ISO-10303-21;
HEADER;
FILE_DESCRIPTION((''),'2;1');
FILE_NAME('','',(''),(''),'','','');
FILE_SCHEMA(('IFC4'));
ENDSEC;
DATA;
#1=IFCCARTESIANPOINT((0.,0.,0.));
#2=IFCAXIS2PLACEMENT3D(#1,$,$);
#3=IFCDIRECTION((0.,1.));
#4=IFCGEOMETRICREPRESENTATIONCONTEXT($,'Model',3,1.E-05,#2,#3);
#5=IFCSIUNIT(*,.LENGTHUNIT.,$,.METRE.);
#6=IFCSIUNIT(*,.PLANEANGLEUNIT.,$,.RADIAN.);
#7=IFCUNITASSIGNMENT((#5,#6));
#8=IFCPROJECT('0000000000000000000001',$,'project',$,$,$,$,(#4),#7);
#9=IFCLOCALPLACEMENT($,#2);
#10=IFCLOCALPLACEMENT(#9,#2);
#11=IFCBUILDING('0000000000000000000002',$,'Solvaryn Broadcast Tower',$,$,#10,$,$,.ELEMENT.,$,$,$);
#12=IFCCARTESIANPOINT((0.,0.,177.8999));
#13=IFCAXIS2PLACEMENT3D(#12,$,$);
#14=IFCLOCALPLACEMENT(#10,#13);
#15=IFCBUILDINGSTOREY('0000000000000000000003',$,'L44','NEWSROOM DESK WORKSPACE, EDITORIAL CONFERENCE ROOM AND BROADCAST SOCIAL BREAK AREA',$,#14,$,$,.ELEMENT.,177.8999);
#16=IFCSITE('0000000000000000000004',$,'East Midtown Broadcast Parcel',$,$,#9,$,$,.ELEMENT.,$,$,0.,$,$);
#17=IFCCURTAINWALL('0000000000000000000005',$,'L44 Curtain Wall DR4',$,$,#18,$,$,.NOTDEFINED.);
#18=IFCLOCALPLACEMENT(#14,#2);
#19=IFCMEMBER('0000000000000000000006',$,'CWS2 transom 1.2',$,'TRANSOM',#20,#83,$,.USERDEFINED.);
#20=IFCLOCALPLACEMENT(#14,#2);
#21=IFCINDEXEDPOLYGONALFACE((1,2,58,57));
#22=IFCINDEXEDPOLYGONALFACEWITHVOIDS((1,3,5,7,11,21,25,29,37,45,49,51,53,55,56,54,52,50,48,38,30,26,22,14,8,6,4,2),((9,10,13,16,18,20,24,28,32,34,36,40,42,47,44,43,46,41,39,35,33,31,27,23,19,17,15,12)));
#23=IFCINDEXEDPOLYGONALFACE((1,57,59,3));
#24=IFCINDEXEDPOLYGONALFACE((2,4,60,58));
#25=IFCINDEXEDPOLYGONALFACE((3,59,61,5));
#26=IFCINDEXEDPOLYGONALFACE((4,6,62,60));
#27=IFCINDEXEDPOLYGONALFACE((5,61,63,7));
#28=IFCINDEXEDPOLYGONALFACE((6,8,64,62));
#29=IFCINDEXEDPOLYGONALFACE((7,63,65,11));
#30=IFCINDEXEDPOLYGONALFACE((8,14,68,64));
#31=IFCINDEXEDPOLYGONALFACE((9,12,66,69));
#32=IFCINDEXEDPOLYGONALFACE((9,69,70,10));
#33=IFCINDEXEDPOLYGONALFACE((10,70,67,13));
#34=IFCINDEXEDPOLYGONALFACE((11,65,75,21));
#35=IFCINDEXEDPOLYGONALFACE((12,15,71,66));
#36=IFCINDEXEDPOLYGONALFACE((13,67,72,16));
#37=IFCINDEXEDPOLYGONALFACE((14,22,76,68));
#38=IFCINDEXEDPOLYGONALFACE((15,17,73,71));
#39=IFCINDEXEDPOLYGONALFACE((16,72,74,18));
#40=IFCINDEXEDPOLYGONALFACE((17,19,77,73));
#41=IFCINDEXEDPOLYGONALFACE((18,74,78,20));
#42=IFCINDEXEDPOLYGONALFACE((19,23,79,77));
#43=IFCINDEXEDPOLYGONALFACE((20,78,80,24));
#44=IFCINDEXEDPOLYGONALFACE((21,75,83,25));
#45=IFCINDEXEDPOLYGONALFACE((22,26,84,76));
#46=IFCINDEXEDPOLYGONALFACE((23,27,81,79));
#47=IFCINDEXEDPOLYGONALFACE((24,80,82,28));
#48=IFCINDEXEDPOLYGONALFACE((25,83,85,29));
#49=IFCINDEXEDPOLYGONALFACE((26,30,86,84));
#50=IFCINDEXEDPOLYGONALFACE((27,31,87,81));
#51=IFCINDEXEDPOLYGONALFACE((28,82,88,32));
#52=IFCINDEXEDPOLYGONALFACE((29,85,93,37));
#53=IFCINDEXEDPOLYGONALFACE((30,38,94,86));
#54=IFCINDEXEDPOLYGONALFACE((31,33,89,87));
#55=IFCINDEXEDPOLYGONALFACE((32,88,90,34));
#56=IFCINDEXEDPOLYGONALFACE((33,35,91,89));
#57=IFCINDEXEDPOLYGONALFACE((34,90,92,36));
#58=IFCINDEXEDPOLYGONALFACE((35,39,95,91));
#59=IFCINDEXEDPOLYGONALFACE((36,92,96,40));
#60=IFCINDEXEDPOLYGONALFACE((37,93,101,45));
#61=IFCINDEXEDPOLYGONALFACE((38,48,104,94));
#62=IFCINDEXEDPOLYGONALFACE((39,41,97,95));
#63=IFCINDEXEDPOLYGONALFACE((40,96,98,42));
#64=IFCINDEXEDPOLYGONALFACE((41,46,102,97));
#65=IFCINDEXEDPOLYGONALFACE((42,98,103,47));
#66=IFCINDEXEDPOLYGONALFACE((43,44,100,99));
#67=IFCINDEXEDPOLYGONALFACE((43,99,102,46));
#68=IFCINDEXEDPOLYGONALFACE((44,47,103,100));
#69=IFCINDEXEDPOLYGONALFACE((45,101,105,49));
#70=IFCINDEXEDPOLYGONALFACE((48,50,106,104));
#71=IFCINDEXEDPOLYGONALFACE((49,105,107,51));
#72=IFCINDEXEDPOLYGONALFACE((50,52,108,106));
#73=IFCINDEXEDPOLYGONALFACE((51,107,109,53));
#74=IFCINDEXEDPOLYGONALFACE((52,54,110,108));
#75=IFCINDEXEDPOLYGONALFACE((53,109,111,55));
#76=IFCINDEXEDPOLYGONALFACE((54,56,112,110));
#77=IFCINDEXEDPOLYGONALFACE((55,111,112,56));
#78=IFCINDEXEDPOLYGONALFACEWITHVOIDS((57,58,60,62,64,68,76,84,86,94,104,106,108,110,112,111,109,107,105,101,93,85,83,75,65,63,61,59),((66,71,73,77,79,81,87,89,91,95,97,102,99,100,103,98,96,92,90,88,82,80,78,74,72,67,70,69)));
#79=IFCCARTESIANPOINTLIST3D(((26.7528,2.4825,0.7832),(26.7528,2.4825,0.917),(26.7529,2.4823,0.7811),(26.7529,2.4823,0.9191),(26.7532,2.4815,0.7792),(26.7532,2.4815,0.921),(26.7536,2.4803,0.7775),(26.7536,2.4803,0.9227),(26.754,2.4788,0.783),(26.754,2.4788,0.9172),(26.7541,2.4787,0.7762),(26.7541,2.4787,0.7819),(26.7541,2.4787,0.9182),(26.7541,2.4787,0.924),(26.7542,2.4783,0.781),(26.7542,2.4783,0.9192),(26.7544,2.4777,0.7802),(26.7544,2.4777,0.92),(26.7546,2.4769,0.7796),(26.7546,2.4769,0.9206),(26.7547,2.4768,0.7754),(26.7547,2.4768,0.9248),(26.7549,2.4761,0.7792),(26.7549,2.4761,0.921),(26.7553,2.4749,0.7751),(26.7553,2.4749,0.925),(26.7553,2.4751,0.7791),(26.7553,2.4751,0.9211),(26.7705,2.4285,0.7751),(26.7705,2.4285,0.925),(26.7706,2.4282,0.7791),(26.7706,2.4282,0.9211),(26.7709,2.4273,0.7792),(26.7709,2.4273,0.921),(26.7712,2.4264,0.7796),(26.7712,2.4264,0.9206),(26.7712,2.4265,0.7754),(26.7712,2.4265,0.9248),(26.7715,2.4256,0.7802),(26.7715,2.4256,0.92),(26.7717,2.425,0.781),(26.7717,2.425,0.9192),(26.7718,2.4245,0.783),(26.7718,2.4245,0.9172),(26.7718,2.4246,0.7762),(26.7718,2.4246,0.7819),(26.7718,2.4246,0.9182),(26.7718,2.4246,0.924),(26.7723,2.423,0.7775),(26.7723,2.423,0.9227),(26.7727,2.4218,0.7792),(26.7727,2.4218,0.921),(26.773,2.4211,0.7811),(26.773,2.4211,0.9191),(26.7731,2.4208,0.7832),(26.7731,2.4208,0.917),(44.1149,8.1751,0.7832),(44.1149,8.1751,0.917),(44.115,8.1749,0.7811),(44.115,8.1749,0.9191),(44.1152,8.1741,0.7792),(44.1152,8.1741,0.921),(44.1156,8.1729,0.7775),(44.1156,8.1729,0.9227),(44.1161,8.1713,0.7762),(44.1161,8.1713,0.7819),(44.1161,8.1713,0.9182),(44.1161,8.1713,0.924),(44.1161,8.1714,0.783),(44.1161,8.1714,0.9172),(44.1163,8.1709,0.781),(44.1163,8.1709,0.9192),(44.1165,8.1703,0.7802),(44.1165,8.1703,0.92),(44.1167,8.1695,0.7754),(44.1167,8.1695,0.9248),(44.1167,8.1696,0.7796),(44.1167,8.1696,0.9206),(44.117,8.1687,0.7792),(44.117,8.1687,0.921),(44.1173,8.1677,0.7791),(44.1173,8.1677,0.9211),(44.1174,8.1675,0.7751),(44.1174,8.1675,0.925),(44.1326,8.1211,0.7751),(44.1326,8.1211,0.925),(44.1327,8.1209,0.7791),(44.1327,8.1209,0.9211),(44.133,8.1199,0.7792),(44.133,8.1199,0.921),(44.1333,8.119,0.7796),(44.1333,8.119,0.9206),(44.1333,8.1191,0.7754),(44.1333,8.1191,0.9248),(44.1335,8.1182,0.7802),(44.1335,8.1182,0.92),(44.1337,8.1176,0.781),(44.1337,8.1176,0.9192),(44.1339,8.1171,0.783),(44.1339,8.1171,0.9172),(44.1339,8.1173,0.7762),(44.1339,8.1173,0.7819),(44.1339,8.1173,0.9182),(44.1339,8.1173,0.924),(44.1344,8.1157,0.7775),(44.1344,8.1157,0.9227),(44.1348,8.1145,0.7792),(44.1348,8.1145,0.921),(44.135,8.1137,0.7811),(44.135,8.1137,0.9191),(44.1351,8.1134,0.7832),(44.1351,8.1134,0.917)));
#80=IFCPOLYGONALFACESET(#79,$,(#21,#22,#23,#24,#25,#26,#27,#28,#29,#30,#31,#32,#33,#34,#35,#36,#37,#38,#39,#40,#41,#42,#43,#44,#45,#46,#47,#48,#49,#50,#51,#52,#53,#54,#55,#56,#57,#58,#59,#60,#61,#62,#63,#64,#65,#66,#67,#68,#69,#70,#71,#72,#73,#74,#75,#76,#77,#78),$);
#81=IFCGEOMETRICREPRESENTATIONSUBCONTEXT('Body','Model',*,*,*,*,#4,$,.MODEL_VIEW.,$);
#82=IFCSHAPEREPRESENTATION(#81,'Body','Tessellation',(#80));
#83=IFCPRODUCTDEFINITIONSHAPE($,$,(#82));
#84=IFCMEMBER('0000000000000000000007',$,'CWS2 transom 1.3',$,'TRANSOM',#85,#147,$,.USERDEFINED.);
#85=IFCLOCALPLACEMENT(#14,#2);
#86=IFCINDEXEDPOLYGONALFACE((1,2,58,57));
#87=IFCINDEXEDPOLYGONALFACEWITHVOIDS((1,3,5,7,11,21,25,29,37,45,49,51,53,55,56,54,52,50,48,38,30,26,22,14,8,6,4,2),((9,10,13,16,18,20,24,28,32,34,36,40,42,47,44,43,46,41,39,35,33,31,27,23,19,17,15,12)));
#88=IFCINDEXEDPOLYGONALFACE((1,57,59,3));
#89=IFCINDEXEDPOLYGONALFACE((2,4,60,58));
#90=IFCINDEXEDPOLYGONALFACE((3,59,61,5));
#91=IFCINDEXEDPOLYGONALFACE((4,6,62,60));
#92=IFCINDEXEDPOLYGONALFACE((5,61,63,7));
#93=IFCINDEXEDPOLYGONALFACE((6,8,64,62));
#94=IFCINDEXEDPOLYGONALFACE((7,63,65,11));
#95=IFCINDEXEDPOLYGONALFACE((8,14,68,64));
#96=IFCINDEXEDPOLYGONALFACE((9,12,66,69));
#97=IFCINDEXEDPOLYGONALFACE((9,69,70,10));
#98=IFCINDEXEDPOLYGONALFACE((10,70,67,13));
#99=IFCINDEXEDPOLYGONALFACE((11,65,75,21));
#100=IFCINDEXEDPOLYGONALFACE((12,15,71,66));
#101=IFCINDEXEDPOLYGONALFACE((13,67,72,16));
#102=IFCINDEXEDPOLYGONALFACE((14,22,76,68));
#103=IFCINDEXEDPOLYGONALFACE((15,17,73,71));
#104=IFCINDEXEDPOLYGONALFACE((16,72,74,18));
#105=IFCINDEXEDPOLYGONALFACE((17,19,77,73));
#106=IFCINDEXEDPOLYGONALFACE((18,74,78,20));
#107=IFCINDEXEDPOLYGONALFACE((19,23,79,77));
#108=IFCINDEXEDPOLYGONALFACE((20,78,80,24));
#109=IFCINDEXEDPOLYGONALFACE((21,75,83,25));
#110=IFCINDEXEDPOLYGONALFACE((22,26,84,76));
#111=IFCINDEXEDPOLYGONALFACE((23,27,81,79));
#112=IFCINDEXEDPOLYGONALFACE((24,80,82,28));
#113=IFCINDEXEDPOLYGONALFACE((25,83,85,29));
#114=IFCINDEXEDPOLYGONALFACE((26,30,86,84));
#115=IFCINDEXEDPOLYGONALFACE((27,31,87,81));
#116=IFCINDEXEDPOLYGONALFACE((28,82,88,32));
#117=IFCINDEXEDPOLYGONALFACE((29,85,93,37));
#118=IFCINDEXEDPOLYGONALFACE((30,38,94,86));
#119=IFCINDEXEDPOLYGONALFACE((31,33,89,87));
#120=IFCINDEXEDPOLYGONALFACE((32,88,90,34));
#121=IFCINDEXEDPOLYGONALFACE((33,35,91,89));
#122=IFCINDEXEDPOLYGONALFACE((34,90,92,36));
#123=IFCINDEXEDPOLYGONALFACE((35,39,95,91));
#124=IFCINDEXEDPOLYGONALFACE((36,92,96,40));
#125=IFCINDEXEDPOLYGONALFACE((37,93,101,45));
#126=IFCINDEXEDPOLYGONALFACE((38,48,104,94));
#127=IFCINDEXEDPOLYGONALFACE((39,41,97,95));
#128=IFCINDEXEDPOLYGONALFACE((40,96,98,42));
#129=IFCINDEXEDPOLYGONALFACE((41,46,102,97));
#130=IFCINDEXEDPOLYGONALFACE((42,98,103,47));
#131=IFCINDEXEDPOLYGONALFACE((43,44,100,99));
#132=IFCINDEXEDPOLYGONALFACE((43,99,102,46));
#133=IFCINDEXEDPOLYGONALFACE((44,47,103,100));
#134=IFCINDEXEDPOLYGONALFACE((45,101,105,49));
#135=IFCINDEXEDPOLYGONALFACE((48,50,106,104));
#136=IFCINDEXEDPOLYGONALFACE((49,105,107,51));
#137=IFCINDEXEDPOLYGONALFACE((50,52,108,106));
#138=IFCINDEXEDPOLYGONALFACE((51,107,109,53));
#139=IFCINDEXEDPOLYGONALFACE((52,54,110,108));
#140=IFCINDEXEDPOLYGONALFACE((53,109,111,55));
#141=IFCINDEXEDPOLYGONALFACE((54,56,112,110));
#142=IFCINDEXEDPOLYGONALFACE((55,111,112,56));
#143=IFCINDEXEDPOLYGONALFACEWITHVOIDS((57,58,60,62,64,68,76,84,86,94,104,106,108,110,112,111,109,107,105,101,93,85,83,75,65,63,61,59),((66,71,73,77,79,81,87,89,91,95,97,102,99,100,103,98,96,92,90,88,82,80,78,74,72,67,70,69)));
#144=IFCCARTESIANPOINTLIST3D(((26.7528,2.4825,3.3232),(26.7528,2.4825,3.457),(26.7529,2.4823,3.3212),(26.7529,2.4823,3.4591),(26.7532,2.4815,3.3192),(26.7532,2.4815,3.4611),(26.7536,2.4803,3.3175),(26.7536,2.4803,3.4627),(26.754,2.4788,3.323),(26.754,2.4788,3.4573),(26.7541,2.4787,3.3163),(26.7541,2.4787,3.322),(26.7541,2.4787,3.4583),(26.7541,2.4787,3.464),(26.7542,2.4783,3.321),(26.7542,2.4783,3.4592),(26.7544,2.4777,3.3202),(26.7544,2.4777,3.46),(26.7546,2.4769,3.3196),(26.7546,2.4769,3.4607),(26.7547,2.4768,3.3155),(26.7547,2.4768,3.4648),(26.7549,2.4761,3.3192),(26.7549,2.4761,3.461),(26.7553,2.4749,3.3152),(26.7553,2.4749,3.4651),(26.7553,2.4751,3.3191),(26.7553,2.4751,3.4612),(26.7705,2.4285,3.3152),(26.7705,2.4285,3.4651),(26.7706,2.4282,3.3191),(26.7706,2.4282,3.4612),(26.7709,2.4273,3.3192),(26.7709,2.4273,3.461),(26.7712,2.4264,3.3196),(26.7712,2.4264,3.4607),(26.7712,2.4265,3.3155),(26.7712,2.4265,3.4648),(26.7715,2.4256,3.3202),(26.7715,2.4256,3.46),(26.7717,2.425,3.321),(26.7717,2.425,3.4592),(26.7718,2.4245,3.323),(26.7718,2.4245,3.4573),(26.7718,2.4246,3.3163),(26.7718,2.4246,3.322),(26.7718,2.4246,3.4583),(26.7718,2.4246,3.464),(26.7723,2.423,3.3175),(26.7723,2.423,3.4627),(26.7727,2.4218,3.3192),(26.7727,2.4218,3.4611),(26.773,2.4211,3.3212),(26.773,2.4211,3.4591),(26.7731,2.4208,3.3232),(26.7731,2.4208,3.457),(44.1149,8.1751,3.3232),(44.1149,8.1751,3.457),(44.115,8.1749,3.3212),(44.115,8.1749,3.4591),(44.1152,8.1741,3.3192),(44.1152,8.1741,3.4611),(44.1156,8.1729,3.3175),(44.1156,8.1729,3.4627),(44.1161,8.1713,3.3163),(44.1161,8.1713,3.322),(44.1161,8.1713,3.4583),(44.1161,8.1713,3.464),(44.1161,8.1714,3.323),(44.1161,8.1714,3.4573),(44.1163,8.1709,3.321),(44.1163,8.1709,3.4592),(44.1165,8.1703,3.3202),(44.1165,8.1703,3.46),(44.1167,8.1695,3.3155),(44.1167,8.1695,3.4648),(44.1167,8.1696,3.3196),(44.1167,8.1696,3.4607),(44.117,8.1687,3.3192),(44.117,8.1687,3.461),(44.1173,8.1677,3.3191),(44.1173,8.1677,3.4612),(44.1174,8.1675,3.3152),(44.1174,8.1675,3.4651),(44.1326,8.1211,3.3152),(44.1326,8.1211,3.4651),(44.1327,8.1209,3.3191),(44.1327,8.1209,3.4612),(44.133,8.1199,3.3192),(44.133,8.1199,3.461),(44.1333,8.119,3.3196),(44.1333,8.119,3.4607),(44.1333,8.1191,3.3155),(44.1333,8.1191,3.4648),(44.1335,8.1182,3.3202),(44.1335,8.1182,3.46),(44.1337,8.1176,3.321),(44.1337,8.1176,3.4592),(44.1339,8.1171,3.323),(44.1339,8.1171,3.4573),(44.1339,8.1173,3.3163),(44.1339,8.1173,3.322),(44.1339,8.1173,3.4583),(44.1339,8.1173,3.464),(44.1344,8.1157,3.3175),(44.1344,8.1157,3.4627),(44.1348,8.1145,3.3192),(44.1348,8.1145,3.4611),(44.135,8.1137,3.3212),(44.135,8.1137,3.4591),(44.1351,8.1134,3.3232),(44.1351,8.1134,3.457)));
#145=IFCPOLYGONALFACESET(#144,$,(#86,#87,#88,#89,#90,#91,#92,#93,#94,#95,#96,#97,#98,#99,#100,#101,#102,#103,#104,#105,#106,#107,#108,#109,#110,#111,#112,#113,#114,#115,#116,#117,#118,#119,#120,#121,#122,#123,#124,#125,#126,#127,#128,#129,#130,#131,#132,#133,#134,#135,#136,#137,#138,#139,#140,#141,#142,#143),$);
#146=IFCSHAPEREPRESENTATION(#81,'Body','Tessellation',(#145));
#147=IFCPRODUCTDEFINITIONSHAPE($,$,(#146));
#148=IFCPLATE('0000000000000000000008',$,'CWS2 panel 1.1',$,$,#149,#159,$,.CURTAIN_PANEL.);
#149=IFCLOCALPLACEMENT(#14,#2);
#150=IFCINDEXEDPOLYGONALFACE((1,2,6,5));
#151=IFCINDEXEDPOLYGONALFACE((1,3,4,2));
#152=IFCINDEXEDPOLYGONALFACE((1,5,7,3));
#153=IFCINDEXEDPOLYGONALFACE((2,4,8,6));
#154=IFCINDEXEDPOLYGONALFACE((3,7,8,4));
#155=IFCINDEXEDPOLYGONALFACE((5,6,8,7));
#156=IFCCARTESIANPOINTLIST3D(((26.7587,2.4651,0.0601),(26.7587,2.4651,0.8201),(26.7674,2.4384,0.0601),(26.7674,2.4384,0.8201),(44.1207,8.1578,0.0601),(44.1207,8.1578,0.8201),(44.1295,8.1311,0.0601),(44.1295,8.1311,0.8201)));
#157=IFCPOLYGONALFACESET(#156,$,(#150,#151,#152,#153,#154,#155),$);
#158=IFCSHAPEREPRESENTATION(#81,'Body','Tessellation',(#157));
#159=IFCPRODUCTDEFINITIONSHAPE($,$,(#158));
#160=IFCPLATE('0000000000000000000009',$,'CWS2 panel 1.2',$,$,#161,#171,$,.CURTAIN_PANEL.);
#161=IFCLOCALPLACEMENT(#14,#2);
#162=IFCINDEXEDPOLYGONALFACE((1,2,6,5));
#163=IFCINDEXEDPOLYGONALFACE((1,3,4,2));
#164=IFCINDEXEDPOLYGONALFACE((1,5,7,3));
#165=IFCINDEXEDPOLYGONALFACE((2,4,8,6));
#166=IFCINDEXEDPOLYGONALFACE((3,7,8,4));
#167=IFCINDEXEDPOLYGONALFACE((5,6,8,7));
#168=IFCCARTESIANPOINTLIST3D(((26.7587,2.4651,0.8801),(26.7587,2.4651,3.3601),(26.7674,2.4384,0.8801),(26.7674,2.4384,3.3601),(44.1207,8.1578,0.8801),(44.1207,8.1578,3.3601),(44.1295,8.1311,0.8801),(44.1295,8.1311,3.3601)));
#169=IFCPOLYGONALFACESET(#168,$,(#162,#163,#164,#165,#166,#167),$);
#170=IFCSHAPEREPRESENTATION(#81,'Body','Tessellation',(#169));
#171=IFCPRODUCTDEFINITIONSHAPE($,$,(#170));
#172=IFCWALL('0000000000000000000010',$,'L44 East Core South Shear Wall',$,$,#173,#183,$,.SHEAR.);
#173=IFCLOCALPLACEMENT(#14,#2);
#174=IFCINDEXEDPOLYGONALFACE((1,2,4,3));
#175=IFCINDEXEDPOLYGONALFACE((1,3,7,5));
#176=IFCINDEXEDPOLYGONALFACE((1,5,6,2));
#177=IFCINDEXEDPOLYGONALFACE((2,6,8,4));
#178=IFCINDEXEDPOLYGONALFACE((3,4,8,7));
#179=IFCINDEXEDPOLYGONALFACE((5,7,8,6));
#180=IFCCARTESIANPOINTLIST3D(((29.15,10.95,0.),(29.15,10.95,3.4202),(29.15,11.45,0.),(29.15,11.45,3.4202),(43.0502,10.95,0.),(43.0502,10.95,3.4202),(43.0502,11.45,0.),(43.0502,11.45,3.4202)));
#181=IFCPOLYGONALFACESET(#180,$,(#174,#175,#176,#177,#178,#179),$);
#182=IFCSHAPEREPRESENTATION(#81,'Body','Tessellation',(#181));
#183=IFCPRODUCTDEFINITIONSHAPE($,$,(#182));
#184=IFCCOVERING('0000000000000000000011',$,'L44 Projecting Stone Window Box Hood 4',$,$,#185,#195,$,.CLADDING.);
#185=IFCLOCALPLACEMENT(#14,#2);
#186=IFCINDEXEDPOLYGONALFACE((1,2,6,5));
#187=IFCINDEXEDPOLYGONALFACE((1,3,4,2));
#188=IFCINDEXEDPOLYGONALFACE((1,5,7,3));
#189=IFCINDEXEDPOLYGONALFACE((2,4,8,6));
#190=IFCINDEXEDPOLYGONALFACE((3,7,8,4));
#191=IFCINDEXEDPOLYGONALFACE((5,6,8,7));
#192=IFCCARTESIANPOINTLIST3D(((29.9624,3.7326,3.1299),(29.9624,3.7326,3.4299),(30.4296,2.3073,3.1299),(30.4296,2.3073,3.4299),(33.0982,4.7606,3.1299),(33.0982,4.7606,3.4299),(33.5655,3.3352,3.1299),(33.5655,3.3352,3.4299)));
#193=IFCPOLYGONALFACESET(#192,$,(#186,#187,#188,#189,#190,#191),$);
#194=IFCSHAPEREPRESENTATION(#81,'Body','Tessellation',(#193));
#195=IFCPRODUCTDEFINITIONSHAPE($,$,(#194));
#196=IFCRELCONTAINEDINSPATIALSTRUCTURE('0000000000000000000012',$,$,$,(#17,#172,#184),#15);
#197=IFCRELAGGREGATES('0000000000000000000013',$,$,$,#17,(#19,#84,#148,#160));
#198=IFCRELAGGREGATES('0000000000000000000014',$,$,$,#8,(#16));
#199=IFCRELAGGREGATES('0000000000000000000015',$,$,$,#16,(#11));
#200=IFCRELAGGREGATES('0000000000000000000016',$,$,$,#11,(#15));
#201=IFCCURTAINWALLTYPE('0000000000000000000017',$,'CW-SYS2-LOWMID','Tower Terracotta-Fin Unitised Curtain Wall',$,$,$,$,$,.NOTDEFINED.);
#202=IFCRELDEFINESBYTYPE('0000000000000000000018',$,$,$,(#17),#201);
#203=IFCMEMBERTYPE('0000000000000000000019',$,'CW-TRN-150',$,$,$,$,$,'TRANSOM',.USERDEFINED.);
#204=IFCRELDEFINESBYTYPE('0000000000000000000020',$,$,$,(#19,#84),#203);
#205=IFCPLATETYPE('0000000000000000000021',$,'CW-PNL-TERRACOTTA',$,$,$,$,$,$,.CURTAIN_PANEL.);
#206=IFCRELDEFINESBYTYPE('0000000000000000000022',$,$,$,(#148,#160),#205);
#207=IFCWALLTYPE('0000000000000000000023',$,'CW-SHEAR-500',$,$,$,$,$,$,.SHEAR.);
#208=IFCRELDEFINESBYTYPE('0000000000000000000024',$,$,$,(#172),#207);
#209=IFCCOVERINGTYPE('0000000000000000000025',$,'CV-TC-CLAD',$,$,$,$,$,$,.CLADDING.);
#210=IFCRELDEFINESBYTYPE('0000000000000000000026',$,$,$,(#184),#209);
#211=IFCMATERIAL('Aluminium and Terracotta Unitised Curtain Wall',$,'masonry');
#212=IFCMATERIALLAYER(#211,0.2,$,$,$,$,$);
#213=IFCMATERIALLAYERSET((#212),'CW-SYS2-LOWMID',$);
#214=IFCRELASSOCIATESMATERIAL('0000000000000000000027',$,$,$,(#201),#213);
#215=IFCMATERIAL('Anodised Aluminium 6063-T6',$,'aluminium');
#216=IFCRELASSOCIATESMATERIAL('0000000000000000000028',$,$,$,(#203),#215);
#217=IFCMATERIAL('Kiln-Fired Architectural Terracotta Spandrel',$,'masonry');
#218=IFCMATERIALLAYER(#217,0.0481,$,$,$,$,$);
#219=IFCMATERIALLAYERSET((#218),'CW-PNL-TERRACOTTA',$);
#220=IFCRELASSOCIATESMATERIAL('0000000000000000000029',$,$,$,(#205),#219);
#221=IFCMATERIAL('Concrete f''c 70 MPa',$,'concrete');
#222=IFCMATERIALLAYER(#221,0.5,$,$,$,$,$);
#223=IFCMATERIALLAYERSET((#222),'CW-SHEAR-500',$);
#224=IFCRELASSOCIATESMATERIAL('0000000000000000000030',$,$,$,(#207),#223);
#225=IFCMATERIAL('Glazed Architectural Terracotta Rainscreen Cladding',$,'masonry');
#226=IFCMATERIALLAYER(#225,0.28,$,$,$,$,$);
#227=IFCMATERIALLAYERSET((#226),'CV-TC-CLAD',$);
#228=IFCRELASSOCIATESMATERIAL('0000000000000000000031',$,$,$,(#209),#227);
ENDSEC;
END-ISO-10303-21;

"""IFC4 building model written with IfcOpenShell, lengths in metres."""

from ifc_helpers import new_model, si_unit, direction, frame, frame_2d, origin, origin_2d, place, context, subcontext, project, spatial, rectangle, hollow_rectangle, extrude, material, layer, layer_set, material_profile, profile_set, type_object, element, aggregate, save


model = new_model("IFC4")

# Units and contexts
model_context = context("Model", 3, precision=1e-05, world=origin(), true_north=direction((0.0, 1.0)))
body_context = subcontext(model_context, "Body", "Model", "MODEL_VIEW")
ifc_project = project(units=[si_unit("LENGTHUNIT", "METRE"), si_unit("PLANEANGLEUNIT", "RADIAN")], contexts=[model_context])

# Site, building, storey
site_placement = place(None, origin())
site = spatial("IfcSite", under=ifc_project, at=site_placement, Name="East Midtown Broadcast Parcel", CompositionType="ELEMENT", RefElevation=0.0)
building_placement = place(site_placement, origin())
building = spatial("IfcBuilding", under=site, at=building_placement, Name="Solvaryn Broadcast Tower", CompositionType="ELEMENT")
storey_placement = place(building_placement, frame((0.0, 0.0, 177.8999)))
storey = spatial("IfcBuildingStorey", under=building, at=storey_placement, Name="L44", Description="NEWSROOM DESK WORKSPACE, EDITORIAL CONFERENCE ROOM AND BROADCAST SOCIAL BREAK AREA", CompositionType="ELEMENT", Elevation=177.8999)

# Shared definitions
ifc_material_1 = material(Name="Aluminium and Terracotta Unitised Curtain Wall", Category="masonry")
ifc_layer_1 = layer(ifc_material_1, 0.2)
ifc_layer_set_1 = layer_set([ifc_layer_1], Name="CW-SYS2-LOWMID")
curtain_wall_type = type_object("IfcCurtainWallType", Name="CW-SYS2-LOWMID", Description="Tower Terracotta-Fin Unitised Curtain Wall", PredefinedType="NOTDEFINED", material=ifc_layer_set_1)

# Curtain wall, members, plates
curtain_wall_1_placement = place(storey_placement, origin())
curtain_wall_1 = element("IfcCurtainWall", 1, at=curtain_wall_1_placement, inside=storey, type_object=curtain_wall_type, Name="L44 Curtain Wall DR4", PredefinedType="NOTDEFINED")
ifc_material_2 = material(Name="Anodised Aluminium 6063-T6", Category="aluminium")
ifc_material_profile_1 = material_profile(ifc_material_2, hollow_rectangle(XDim=0.0649, YDim=0.1499, WallThickness=0.0039, InnerFilletRadius=0.0039, OuterFilletRadius=0.0081, at=origin_2d()))
ifc_profile_set_1 = profile_set([ifc_material_profile_1], Name="Anodised Aluminium 6063-T6")
member_type_1 = type_object("IfcMemberType", Name="CW-TRN-150", ElementType="TRANSOM", PredefinedType="USERDEFINED", material=ifc_profile_set_1)
member_1_placement = place(storey_placement, frame((26.7629, 2.4517, 0.8501), z_axis=(0.950227, 0.311558, 0.0), x_axis=(-0.311558, 0.950227, 0.0)))
member_1 = element("IfcMember", 2, at=member_1_placement, type_object=member_type_1, Name="CWS2 transom 1.2", ObjectType="TRANSOM", PredefinedType="USERDEFINED", context=body_context, shape_type="SweptSolid", body=[
    extrude(hollow_rectangle(XDim=0.0649, YDim=0.1499, WallThickness=0.0039, InnerFilletRadius=0.0039, OuterFilletRadius=0.0081, at=origin_2d()), origin(), (0.0, 0.0, 1.0), 18.2715),
])
member_2_placement = place(storey_placement, frame((26.7629, 2.4517, 3.3901), z_axis=(0.950227, 0.311558, 0.0), x_axis=(-0.311558, 0.950227, 0.0)))
member_2 = element("IfcMember", 3, at=member_2_placement, type_object=member_type_1, Name="CWS2 transom 1.3", ObjectType="TRANSOM", PredefinedType="USERDEFINED", context=body_context, shape_type="SweptSolid", body=[
    extrude(hollow_rectangle(XDim=0.0649, YDim=0.1499, WallThickness=0.0039, InnerFilletRadius=0.0039, OuterFilletRadius=0.0081, at=origin_2d()), origin(), (0.0, 0.0, 1.0), 18.2715),
])
ifc_material_3 = material(Name="Kiln-Fired Architectural Terracotta Spandrel", Category="masonry")
ifc_layer_2 = layer(ifc_material_3, 0.0481)
ifc_layer_set_2 = layer_set([ifc_layer_2], Name="CW-PNL-TERRACOTTA")
plate_type = type_object("IfcPlateType", Name="CW-PNL-TERRACOTTA", PredefinedType="CURTAIN_PANEL", material=ifc_layer_set_2)
plate_1_placement = place(storey_placement, frame((35.4441, 5.2981, 0.0601), z_axis=(0.0, 0.0, 1.0), x_axis=(0.950227, 0.311559, 0.0)))
plate_1 = element("IfcPlate", 4, at=plate_1_placement, type_object=plate_type, Name="CWS2 panel 1.1", PredefinedType="CURTAIN_PANEL", context=body_context, shape_type="SweptSolid", body=[
    extrude(rectangle(XDim=18.2715, YDim=0.0281, at=origin_2d()), origin(), (0.0, 0.0, 1.0), 0.76),
])
plate_2_placement = place(storey_placement, frame((35.4441, 5.2981, 0.8801), z_axis=(0.0, 0.0, 1.0), x_axis=(0.950227, 0.311559, 0.0)))
plate_2 = element("IfcPlate", 5, at=plate_2_placement, type_object=plate_type, Name="CWS2 panel 1.2", PredefinedType="CURTAIN_PANEL", context=body_context, shape_type="SweptSolid", body=[
    extrude(rectangle(XDim=18.2715, YDim=0.0281, at=origin_2d()), origin(), (0.0, 0.0, 1.0), 2.48),
])
aggregate(curtain_wall_1, [member_1, member_2, plate_1, plate_2])

# Wall
ifc_material_4 = material(Name="Concrete f'c 70 MPa", Category="concrete")
ifc_layer_3 = layer(ifc_material_4, 0.5)
ifc_layer_set_3 = layer_set([ifc_layer_3], Name="CW-SHEAR-500")
wall_type = type_object("IfcWallType", Name="CW-SHEAR-500", PredefinedType="SHEAR", material=ifc_layer_set_3)
wall_placement = place(storey_placement, frame((29.1499, 11.2, 0.0), z_axis=(0.0, 0.0, 1.0), x_axis=(1.0, 0.0, 0.0)))
element("IfcWall", 6, at=wall_placement, inside=storey, type_object=wall_type, Name="L44 East Core South Shear Wall", PredefinedType="SHEAR", context=body_context, shape_type="SweptSolid", body=[
    extrude(rectangle(XDim=13.9001, YDim=0.5, at=frame_2d((6.9502, 0.0))), origin(), (0.0, 0.0, 1.0), 3.4202),
])

# Covering
ifc_material_5 = material(Name="Glazed Architectural Terracotta Rainscreen Cladding", Category="masonry")
ifc_layer_4 = layer(ifc_material_5, 0.28)
ifc_layer_set_4 = layer_set([ifc_layer_4], Name="CV-TC-CLAD")
covering_type_1 = type_object("IfcCoveringType", Name="CV-TC-CLAD", PredefinedType="CLADDING", material=ifc_layer_set_4)
for number, where, z_axis, x_axis, name in (
    (7, (31.7639, 3.5339, 3.1299), (0.0, 0.0, 1.0), (0.950244, 0.311506, 0.0), "L44 Projecting Stone Window Box Hood 4"),
):
    element("IfcCovering", number, at=place(storey_placement, frame(where, z_axis=z_axis, x_axis=x_axis)), inside=storey, type_object=covering_type_1, Name=name, PredefinedType="CLADDING", context=body_context, shape_type="SweptSolid", body=[
        extrude(rectangle(XDim=3.3, YDim=1.5, at=origin_2d()), origin(), (0.0, 0.0, 1.0), 0.3),
    ])

save(model, "model.ifc")
